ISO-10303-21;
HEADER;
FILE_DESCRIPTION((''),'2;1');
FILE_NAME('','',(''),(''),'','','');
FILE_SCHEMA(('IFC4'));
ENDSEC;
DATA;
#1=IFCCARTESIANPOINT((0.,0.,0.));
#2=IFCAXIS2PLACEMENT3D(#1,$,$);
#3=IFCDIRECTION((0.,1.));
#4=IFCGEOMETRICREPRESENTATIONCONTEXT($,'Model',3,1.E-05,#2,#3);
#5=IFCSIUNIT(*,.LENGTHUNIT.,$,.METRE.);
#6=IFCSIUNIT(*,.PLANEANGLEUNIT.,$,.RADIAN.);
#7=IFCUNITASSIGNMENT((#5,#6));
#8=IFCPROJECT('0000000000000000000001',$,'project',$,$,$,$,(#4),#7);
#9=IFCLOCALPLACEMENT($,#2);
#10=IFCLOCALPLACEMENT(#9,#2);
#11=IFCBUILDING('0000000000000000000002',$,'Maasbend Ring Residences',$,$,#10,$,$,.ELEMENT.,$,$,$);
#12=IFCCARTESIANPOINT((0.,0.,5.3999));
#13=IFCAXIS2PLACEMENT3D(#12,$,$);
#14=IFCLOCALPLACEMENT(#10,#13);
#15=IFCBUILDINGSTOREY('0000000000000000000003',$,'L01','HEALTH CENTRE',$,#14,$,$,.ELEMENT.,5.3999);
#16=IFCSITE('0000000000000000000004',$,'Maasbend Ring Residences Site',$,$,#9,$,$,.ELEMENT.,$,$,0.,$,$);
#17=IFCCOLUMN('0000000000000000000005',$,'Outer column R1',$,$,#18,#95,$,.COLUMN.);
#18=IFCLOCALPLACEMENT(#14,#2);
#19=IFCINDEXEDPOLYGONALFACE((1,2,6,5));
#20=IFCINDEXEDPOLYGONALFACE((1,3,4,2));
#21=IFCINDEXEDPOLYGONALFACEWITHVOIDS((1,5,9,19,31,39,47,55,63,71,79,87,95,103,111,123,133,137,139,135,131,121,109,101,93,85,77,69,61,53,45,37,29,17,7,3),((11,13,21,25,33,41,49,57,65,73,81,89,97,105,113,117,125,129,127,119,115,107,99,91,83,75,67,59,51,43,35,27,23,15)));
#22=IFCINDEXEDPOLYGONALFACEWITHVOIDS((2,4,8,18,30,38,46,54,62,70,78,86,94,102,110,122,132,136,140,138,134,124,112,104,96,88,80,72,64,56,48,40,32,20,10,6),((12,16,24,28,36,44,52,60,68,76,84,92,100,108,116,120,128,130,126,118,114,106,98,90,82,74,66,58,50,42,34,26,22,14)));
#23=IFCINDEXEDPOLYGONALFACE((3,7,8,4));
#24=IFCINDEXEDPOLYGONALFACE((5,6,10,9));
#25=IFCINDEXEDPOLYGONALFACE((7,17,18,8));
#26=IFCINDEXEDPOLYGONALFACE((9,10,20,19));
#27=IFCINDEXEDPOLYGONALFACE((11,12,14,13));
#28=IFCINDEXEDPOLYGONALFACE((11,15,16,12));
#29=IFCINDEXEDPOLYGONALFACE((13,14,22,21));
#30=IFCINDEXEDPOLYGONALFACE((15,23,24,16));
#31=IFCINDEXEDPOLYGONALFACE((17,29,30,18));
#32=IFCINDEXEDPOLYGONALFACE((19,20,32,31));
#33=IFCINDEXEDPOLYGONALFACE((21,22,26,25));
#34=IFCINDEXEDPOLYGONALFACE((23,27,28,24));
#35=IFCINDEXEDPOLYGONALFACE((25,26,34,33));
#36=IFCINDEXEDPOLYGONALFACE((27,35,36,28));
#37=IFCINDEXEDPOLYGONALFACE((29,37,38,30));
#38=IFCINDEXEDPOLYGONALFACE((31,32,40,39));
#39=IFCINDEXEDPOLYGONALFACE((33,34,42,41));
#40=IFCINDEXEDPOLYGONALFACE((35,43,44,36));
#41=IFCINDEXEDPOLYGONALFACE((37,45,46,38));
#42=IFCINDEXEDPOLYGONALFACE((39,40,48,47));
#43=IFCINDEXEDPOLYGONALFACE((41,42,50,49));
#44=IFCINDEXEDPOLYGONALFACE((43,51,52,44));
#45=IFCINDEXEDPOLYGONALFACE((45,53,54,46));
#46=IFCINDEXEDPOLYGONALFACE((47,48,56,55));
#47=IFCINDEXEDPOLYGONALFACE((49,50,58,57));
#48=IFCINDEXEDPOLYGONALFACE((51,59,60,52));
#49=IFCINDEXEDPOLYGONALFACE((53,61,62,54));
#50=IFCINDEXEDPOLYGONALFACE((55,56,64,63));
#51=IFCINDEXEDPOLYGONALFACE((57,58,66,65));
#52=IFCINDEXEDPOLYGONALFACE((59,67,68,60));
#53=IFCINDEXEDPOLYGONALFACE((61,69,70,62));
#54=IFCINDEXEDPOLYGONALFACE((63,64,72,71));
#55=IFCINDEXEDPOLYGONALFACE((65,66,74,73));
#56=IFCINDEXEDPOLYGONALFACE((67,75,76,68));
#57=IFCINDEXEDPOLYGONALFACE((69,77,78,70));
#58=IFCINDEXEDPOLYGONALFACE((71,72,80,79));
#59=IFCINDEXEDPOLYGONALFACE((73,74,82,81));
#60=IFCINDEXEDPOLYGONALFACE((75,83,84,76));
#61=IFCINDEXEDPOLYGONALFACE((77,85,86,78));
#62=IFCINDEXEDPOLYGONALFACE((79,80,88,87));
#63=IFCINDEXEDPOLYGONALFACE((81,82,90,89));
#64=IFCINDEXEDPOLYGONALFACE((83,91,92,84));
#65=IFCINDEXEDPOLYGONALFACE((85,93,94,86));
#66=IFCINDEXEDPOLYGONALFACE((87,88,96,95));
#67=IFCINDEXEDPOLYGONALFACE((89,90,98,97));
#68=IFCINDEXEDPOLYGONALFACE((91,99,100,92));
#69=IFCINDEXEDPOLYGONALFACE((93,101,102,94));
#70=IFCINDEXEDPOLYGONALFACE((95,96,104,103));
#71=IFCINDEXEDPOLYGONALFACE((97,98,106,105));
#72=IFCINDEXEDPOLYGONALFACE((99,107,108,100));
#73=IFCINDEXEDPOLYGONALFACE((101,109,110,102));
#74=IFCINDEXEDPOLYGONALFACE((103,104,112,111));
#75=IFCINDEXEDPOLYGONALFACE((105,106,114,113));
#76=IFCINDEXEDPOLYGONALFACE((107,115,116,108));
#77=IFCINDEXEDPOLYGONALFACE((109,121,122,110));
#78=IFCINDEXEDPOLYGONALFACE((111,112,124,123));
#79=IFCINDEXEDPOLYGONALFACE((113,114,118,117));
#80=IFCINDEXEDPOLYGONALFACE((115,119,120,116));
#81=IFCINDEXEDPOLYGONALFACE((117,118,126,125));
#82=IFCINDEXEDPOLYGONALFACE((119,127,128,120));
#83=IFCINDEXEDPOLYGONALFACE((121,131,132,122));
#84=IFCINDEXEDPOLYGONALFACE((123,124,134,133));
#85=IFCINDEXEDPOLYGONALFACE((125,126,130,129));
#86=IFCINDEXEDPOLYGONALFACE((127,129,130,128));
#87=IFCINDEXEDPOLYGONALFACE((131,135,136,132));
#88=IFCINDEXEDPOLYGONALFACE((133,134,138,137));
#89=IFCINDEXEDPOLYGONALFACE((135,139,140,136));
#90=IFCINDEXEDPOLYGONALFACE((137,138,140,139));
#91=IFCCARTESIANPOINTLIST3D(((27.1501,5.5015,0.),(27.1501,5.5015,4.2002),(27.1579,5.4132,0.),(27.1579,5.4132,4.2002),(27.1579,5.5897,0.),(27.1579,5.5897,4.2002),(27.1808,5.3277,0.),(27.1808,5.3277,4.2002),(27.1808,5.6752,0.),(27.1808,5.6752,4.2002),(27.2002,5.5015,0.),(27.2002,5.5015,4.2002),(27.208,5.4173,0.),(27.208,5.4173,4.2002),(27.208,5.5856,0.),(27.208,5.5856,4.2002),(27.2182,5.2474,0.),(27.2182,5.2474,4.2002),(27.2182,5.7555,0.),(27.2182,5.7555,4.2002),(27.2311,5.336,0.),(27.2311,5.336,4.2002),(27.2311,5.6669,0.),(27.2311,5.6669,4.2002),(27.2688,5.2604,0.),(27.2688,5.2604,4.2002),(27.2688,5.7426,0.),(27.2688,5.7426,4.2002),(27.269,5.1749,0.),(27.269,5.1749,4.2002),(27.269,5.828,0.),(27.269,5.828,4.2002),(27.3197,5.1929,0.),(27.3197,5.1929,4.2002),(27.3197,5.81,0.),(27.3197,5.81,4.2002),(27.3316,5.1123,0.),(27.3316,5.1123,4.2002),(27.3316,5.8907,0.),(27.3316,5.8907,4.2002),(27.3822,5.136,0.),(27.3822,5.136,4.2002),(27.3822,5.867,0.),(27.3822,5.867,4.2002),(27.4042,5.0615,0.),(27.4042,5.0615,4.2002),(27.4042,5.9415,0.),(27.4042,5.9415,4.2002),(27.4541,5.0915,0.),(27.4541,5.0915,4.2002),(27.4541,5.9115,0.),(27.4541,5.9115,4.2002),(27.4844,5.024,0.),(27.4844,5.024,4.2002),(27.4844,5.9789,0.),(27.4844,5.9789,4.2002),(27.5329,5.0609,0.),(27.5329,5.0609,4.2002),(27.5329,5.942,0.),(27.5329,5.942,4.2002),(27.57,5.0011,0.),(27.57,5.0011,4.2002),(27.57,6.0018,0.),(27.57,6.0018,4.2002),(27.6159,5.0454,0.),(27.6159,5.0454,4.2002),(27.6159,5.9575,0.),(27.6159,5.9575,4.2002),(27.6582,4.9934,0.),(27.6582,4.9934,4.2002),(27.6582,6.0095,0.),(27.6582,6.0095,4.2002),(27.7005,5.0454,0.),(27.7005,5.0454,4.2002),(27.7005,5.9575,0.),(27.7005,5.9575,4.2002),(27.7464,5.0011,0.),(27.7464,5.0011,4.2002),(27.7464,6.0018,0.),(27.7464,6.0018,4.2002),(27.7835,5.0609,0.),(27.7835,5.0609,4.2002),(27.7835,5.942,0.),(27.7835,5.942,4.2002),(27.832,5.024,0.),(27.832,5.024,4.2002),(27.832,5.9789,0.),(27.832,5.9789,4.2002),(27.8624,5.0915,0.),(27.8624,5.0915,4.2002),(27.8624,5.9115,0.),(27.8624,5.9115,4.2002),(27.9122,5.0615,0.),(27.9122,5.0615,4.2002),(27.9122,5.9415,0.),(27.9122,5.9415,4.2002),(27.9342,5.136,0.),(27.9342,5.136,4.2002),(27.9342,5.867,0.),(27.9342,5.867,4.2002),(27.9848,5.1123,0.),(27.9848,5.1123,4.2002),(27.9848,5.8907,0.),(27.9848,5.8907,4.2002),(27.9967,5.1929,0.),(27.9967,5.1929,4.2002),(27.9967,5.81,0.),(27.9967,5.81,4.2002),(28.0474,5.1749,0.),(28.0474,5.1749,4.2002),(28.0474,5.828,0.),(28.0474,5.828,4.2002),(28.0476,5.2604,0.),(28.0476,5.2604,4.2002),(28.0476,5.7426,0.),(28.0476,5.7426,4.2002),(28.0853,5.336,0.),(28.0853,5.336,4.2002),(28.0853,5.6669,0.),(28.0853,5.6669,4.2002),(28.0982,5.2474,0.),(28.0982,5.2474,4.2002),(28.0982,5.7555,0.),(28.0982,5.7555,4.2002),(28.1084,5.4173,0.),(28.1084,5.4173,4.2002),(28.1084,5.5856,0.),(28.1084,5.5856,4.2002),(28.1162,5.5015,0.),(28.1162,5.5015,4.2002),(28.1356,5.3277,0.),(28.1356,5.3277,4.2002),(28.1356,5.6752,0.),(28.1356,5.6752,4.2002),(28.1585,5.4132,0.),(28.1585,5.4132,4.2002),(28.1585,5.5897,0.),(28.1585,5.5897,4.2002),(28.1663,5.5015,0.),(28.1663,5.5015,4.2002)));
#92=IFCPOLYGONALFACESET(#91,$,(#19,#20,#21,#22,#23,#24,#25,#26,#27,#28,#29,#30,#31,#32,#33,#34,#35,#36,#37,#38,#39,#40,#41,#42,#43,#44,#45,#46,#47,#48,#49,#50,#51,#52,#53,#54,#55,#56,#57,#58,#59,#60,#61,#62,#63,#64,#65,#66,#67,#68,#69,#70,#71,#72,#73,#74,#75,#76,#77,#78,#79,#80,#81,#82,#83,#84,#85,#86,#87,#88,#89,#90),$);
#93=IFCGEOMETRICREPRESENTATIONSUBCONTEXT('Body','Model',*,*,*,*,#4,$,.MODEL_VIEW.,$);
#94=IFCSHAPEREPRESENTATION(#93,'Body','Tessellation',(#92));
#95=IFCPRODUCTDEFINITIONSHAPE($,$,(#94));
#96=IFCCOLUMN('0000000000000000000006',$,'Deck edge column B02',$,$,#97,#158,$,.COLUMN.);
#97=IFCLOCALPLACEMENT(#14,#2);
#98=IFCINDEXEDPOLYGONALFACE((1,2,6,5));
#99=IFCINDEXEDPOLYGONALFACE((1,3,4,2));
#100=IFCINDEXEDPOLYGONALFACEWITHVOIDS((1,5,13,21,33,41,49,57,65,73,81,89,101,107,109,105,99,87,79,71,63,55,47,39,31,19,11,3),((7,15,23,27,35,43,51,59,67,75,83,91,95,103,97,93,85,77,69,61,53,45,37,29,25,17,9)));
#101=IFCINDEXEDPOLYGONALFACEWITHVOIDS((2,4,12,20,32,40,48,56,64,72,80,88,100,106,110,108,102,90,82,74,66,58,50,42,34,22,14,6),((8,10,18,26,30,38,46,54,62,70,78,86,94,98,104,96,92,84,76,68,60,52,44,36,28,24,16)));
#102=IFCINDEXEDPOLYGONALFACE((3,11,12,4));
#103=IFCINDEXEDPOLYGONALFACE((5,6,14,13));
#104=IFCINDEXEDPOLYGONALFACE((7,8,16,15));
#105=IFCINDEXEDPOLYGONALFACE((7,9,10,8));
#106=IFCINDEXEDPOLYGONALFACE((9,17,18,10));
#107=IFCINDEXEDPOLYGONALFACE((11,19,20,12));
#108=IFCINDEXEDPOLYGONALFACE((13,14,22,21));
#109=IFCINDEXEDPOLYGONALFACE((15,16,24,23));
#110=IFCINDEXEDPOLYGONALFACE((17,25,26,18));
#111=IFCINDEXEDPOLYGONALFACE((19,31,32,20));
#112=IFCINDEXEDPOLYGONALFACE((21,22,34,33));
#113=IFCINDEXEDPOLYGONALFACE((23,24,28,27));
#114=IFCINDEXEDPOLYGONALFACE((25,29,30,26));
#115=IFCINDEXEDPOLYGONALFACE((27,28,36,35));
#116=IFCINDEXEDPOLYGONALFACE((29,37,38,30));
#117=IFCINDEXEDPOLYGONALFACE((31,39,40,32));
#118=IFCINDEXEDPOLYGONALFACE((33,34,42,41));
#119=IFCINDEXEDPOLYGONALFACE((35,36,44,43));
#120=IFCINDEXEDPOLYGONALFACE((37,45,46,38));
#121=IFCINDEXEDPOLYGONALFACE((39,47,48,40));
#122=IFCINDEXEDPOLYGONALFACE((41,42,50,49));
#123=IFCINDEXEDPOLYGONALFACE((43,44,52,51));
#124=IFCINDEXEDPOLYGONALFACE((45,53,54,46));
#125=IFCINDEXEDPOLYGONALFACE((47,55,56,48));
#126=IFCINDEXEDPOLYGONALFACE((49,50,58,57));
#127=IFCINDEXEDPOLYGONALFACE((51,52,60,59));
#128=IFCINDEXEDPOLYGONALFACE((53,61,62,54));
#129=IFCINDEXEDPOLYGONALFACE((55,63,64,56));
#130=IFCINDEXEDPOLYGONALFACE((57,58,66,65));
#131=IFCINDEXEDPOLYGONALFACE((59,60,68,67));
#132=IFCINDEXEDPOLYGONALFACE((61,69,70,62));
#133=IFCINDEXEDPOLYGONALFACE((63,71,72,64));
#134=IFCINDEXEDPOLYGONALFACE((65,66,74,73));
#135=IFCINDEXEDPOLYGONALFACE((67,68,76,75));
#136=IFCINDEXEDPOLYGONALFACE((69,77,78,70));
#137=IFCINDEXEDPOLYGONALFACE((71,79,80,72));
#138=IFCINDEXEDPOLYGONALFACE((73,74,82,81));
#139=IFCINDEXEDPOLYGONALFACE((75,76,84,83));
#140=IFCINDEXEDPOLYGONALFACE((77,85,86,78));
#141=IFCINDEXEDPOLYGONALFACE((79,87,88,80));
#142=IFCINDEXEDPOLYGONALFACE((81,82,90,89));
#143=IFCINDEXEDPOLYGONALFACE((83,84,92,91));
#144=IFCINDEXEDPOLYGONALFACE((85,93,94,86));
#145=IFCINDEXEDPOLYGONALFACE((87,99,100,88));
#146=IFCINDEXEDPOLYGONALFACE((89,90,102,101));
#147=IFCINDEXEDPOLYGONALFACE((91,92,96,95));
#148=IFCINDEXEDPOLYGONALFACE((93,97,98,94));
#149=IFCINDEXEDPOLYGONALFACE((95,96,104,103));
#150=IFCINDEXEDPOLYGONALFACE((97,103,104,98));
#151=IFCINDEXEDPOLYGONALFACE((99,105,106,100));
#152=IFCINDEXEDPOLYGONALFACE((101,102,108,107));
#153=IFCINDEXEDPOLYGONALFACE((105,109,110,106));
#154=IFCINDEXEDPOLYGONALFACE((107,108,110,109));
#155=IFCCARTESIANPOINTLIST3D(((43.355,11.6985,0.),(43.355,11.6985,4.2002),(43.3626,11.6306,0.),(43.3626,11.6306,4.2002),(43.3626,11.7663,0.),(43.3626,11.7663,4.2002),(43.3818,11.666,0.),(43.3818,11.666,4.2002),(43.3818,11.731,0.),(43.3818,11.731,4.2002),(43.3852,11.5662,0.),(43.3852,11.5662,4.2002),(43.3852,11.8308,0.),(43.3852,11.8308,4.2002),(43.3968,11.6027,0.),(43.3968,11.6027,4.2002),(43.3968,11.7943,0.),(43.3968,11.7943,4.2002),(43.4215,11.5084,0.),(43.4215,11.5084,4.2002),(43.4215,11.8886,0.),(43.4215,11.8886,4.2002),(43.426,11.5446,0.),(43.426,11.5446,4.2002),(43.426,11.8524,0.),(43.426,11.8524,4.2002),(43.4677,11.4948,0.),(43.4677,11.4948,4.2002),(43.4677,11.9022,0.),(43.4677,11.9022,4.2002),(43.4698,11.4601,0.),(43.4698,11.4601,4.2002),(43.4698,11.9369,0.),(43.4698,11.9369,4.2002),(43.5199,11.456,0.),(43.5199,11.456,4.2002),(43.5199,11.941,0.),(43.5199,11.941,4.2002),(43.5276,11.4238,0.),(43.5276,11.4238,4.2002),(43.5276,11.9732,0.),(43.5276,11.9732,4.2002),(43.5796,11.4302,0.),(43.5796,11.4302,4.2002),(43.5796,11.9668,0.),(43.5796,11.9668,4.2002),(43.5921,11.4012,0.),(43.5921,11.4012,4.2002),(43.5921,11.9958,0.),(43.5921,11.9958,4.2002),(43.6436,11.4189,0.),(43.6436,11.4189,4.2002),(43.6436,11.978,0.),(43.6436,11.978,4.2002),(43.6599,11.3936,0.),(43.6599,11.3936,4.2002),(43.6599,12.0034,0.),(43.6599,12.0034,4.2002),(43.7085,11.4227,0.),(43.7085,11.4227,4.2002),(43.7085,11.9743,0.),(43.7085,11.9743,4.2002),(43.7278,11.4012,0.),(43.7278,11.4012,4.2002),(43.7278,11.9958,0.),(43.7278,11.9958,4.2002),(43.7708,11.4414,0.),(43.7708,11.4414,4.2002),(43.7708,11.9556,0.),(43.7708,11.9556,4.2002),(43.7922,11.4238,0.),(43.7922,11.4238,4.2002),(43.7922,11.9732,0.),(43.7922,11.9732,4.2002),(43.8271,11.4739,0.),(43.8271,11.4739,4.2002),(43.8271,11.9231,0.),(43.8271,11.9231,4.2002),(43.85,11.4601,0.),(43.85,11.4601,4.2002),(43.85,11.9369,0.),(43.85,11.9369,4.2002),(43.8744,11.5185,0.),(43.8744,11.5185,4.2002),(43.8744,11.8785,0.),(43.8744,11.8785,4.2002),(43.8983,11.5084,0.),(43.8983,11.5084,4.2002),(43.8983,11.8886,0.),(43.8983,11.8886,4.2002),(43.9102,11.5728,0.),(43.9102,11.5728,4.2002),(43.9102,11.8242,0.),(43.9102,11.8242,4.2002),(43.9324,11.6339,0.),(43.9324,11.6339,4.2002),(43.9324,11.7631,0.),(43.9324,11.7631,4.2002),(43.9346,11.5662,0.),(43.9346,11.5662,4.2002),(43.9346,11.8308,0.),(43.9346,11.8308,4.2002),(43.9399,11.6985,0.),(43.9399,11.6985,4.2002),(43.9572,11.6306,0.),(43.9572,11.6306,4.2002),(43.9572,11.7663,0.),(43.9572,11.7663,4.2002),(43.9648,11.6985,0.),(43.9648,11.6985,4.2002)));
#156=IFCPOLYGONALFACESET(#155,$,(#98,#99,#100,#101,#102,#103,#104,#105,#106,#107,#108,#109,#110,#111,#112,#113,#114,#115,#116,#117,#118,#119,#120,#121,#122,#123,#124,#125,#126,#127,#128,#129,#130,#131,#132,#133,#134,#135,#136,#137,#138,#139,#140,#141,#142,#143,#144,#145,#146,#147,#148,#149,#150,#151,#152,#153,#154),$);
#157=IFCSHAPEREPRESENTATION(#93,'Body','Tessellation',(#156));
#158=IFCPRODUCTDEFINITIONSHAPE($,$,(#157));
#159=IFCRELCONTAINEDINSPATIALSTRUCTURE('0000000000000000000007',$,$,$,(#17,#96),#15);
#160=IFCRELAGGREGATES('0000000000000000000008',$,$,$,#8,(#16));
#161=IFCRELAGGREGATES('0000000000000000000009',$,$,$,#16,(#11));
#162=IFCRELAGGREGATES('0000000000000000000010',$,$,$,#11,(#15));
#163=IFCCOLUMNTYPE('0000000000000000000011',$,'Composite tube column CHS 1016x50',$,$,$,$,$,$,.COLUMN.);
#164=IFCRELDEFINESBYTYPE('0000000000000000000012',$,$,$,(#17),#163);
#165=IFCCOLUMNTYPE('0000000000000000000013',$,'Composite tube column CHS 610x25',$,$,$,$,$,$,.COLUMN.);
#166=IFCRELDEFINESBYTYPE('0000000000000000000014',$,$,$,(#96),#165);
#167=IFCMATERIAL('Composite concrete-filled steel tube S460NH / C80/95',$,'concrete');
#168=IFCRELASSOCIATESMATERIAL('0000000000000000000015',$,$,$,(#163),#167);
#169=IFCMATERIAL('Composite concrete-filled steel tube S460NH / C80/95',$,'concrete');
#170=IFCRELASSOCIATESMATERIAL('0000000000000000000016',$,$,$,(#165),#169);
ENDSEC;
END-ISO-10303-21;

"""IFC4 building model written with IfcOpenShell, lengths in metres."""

from ifc_helpers import new_model, si_unit, direction, frame, origin, origin_2d, place, context, subcontext, project, spatial, hollow_circle, extrude, material, material_profile, profile_set, type_object, element, save


model = new_model("IFC4")

# Units and contexts
model_context = context("Model", 3, precision=1e-05, world=origin(), true_north=direction((0.0, 1.0)))
body_context = subcontext(model_context, "Body", "Model", "MODEL_VIEW")
ifc_project = project(units=[si_unit("LENGTHUNIT", "METRE"), si_unit("PLANEANGLEUNIT", "RADIAN")], contexts=[model_context])

# Site, building, storey
site_placement = place(None, origin())
site = spatial("IfcSite", under=ifc_project, at=site_placement, Name="Maasbend Ring Residences Site", CompositionType="ELEMENT", RefElevation=0.0)
building_placement = place(site_placement, origin())
building = spatial("IfcBuilding", under=site, at=building_placement, Name="Maasbend Ring Residences", CompositionType="ELEMENT")
storey_placement = place(building_placement, frame((0.0, 0.0, 5.3999)))
storey = spatial("IfcBuildingStorey", under=building, at=storey_placement, Name="L01", Description="HEALTH CENTRE", CompositionType="ELEMENT", Elevation=5.3999)

# Columns
ifc_material_1 = material(Name="Composite concrete-filled steel tube S460NH / C80/95", Category="concrete")
ifc_material_profile_1 = material_profile(ifc_material_1, hollow_circle(Radius=0.5081, WallThickness=0.05, at=origin_2d()), Name="Composite tube column CHS 1016x50")
ifc_profile_set_1 = profile_set([ifc_material_profile_1], Name="Composite concrete-filled steel tube S460NH / C80/95")
column_type_1 = type_object("IfcColumnType", Name="Composite tube column CHS 1016x50", PredefinedType="COLUMN", material=ifc_profile_set_1)
column_1_placement = place(storey_placement, frame((27.6582, 5.5015, 0.0), z_axis=(0.0, 0.0, 1.0), x_axis=(1.0, 0.0, 0.0)))
element("IfcColumn", 1, at=column_1_placement, inside=storey, type_object=column_type_1, Name="Outer column R1", PredefinedType="COLUMN", context=body_context, shape_type="SweptSolid", body=[
    extrude(hollow_circle(Radius=0.5081, WallThickness=0.05, at=origin_2d()), origin(), (0.0, 0.0, 1.0), 4.2002),
])
ifc_material_2 = material(Name="Composite concrete-filled steel tube S460NH / C80/95", Category="concrete")
ifc_material_profile_2 = material_profile(ifc_material_2, hollow_circle(Radius=0.3049, WallThickness=0.0249, at=origin_2d()), Name="Composite tube column CHS 610x25")
ifc_profile_set_2 = profile_set([ifc_material_profile_2], Name="Composite concrete-filled steel tube S460NH / C80/95")
column_type_2 = type_object("IfcColumnType", Name="Composite tube column CHS 610x25", PredefinedType="COLUMN", material=ifc_profile_set_2)
column_2_placement = place(storey_placement, frame((43.6599, 11.6985, 0.0), z_axis=(0.0, 0.0, 1.0), x_axis=(1.0, 0.0, 0.0)))
element("IfcColumn", 2, at=column_2_placement, inside=storey, type_object=column_type_2, Name="Deck edge column B02", PredefinedType="COLUMN", context=body_context, shape_type="SweptSolid", body=[
    extrude(hollow_circle(Radius=0.3049, WallThickness=0.0249, at=origin_2d()), origin(), (0.0, 0.0, 1.0), 4.2002),
])

save(model, "model.ifc")
